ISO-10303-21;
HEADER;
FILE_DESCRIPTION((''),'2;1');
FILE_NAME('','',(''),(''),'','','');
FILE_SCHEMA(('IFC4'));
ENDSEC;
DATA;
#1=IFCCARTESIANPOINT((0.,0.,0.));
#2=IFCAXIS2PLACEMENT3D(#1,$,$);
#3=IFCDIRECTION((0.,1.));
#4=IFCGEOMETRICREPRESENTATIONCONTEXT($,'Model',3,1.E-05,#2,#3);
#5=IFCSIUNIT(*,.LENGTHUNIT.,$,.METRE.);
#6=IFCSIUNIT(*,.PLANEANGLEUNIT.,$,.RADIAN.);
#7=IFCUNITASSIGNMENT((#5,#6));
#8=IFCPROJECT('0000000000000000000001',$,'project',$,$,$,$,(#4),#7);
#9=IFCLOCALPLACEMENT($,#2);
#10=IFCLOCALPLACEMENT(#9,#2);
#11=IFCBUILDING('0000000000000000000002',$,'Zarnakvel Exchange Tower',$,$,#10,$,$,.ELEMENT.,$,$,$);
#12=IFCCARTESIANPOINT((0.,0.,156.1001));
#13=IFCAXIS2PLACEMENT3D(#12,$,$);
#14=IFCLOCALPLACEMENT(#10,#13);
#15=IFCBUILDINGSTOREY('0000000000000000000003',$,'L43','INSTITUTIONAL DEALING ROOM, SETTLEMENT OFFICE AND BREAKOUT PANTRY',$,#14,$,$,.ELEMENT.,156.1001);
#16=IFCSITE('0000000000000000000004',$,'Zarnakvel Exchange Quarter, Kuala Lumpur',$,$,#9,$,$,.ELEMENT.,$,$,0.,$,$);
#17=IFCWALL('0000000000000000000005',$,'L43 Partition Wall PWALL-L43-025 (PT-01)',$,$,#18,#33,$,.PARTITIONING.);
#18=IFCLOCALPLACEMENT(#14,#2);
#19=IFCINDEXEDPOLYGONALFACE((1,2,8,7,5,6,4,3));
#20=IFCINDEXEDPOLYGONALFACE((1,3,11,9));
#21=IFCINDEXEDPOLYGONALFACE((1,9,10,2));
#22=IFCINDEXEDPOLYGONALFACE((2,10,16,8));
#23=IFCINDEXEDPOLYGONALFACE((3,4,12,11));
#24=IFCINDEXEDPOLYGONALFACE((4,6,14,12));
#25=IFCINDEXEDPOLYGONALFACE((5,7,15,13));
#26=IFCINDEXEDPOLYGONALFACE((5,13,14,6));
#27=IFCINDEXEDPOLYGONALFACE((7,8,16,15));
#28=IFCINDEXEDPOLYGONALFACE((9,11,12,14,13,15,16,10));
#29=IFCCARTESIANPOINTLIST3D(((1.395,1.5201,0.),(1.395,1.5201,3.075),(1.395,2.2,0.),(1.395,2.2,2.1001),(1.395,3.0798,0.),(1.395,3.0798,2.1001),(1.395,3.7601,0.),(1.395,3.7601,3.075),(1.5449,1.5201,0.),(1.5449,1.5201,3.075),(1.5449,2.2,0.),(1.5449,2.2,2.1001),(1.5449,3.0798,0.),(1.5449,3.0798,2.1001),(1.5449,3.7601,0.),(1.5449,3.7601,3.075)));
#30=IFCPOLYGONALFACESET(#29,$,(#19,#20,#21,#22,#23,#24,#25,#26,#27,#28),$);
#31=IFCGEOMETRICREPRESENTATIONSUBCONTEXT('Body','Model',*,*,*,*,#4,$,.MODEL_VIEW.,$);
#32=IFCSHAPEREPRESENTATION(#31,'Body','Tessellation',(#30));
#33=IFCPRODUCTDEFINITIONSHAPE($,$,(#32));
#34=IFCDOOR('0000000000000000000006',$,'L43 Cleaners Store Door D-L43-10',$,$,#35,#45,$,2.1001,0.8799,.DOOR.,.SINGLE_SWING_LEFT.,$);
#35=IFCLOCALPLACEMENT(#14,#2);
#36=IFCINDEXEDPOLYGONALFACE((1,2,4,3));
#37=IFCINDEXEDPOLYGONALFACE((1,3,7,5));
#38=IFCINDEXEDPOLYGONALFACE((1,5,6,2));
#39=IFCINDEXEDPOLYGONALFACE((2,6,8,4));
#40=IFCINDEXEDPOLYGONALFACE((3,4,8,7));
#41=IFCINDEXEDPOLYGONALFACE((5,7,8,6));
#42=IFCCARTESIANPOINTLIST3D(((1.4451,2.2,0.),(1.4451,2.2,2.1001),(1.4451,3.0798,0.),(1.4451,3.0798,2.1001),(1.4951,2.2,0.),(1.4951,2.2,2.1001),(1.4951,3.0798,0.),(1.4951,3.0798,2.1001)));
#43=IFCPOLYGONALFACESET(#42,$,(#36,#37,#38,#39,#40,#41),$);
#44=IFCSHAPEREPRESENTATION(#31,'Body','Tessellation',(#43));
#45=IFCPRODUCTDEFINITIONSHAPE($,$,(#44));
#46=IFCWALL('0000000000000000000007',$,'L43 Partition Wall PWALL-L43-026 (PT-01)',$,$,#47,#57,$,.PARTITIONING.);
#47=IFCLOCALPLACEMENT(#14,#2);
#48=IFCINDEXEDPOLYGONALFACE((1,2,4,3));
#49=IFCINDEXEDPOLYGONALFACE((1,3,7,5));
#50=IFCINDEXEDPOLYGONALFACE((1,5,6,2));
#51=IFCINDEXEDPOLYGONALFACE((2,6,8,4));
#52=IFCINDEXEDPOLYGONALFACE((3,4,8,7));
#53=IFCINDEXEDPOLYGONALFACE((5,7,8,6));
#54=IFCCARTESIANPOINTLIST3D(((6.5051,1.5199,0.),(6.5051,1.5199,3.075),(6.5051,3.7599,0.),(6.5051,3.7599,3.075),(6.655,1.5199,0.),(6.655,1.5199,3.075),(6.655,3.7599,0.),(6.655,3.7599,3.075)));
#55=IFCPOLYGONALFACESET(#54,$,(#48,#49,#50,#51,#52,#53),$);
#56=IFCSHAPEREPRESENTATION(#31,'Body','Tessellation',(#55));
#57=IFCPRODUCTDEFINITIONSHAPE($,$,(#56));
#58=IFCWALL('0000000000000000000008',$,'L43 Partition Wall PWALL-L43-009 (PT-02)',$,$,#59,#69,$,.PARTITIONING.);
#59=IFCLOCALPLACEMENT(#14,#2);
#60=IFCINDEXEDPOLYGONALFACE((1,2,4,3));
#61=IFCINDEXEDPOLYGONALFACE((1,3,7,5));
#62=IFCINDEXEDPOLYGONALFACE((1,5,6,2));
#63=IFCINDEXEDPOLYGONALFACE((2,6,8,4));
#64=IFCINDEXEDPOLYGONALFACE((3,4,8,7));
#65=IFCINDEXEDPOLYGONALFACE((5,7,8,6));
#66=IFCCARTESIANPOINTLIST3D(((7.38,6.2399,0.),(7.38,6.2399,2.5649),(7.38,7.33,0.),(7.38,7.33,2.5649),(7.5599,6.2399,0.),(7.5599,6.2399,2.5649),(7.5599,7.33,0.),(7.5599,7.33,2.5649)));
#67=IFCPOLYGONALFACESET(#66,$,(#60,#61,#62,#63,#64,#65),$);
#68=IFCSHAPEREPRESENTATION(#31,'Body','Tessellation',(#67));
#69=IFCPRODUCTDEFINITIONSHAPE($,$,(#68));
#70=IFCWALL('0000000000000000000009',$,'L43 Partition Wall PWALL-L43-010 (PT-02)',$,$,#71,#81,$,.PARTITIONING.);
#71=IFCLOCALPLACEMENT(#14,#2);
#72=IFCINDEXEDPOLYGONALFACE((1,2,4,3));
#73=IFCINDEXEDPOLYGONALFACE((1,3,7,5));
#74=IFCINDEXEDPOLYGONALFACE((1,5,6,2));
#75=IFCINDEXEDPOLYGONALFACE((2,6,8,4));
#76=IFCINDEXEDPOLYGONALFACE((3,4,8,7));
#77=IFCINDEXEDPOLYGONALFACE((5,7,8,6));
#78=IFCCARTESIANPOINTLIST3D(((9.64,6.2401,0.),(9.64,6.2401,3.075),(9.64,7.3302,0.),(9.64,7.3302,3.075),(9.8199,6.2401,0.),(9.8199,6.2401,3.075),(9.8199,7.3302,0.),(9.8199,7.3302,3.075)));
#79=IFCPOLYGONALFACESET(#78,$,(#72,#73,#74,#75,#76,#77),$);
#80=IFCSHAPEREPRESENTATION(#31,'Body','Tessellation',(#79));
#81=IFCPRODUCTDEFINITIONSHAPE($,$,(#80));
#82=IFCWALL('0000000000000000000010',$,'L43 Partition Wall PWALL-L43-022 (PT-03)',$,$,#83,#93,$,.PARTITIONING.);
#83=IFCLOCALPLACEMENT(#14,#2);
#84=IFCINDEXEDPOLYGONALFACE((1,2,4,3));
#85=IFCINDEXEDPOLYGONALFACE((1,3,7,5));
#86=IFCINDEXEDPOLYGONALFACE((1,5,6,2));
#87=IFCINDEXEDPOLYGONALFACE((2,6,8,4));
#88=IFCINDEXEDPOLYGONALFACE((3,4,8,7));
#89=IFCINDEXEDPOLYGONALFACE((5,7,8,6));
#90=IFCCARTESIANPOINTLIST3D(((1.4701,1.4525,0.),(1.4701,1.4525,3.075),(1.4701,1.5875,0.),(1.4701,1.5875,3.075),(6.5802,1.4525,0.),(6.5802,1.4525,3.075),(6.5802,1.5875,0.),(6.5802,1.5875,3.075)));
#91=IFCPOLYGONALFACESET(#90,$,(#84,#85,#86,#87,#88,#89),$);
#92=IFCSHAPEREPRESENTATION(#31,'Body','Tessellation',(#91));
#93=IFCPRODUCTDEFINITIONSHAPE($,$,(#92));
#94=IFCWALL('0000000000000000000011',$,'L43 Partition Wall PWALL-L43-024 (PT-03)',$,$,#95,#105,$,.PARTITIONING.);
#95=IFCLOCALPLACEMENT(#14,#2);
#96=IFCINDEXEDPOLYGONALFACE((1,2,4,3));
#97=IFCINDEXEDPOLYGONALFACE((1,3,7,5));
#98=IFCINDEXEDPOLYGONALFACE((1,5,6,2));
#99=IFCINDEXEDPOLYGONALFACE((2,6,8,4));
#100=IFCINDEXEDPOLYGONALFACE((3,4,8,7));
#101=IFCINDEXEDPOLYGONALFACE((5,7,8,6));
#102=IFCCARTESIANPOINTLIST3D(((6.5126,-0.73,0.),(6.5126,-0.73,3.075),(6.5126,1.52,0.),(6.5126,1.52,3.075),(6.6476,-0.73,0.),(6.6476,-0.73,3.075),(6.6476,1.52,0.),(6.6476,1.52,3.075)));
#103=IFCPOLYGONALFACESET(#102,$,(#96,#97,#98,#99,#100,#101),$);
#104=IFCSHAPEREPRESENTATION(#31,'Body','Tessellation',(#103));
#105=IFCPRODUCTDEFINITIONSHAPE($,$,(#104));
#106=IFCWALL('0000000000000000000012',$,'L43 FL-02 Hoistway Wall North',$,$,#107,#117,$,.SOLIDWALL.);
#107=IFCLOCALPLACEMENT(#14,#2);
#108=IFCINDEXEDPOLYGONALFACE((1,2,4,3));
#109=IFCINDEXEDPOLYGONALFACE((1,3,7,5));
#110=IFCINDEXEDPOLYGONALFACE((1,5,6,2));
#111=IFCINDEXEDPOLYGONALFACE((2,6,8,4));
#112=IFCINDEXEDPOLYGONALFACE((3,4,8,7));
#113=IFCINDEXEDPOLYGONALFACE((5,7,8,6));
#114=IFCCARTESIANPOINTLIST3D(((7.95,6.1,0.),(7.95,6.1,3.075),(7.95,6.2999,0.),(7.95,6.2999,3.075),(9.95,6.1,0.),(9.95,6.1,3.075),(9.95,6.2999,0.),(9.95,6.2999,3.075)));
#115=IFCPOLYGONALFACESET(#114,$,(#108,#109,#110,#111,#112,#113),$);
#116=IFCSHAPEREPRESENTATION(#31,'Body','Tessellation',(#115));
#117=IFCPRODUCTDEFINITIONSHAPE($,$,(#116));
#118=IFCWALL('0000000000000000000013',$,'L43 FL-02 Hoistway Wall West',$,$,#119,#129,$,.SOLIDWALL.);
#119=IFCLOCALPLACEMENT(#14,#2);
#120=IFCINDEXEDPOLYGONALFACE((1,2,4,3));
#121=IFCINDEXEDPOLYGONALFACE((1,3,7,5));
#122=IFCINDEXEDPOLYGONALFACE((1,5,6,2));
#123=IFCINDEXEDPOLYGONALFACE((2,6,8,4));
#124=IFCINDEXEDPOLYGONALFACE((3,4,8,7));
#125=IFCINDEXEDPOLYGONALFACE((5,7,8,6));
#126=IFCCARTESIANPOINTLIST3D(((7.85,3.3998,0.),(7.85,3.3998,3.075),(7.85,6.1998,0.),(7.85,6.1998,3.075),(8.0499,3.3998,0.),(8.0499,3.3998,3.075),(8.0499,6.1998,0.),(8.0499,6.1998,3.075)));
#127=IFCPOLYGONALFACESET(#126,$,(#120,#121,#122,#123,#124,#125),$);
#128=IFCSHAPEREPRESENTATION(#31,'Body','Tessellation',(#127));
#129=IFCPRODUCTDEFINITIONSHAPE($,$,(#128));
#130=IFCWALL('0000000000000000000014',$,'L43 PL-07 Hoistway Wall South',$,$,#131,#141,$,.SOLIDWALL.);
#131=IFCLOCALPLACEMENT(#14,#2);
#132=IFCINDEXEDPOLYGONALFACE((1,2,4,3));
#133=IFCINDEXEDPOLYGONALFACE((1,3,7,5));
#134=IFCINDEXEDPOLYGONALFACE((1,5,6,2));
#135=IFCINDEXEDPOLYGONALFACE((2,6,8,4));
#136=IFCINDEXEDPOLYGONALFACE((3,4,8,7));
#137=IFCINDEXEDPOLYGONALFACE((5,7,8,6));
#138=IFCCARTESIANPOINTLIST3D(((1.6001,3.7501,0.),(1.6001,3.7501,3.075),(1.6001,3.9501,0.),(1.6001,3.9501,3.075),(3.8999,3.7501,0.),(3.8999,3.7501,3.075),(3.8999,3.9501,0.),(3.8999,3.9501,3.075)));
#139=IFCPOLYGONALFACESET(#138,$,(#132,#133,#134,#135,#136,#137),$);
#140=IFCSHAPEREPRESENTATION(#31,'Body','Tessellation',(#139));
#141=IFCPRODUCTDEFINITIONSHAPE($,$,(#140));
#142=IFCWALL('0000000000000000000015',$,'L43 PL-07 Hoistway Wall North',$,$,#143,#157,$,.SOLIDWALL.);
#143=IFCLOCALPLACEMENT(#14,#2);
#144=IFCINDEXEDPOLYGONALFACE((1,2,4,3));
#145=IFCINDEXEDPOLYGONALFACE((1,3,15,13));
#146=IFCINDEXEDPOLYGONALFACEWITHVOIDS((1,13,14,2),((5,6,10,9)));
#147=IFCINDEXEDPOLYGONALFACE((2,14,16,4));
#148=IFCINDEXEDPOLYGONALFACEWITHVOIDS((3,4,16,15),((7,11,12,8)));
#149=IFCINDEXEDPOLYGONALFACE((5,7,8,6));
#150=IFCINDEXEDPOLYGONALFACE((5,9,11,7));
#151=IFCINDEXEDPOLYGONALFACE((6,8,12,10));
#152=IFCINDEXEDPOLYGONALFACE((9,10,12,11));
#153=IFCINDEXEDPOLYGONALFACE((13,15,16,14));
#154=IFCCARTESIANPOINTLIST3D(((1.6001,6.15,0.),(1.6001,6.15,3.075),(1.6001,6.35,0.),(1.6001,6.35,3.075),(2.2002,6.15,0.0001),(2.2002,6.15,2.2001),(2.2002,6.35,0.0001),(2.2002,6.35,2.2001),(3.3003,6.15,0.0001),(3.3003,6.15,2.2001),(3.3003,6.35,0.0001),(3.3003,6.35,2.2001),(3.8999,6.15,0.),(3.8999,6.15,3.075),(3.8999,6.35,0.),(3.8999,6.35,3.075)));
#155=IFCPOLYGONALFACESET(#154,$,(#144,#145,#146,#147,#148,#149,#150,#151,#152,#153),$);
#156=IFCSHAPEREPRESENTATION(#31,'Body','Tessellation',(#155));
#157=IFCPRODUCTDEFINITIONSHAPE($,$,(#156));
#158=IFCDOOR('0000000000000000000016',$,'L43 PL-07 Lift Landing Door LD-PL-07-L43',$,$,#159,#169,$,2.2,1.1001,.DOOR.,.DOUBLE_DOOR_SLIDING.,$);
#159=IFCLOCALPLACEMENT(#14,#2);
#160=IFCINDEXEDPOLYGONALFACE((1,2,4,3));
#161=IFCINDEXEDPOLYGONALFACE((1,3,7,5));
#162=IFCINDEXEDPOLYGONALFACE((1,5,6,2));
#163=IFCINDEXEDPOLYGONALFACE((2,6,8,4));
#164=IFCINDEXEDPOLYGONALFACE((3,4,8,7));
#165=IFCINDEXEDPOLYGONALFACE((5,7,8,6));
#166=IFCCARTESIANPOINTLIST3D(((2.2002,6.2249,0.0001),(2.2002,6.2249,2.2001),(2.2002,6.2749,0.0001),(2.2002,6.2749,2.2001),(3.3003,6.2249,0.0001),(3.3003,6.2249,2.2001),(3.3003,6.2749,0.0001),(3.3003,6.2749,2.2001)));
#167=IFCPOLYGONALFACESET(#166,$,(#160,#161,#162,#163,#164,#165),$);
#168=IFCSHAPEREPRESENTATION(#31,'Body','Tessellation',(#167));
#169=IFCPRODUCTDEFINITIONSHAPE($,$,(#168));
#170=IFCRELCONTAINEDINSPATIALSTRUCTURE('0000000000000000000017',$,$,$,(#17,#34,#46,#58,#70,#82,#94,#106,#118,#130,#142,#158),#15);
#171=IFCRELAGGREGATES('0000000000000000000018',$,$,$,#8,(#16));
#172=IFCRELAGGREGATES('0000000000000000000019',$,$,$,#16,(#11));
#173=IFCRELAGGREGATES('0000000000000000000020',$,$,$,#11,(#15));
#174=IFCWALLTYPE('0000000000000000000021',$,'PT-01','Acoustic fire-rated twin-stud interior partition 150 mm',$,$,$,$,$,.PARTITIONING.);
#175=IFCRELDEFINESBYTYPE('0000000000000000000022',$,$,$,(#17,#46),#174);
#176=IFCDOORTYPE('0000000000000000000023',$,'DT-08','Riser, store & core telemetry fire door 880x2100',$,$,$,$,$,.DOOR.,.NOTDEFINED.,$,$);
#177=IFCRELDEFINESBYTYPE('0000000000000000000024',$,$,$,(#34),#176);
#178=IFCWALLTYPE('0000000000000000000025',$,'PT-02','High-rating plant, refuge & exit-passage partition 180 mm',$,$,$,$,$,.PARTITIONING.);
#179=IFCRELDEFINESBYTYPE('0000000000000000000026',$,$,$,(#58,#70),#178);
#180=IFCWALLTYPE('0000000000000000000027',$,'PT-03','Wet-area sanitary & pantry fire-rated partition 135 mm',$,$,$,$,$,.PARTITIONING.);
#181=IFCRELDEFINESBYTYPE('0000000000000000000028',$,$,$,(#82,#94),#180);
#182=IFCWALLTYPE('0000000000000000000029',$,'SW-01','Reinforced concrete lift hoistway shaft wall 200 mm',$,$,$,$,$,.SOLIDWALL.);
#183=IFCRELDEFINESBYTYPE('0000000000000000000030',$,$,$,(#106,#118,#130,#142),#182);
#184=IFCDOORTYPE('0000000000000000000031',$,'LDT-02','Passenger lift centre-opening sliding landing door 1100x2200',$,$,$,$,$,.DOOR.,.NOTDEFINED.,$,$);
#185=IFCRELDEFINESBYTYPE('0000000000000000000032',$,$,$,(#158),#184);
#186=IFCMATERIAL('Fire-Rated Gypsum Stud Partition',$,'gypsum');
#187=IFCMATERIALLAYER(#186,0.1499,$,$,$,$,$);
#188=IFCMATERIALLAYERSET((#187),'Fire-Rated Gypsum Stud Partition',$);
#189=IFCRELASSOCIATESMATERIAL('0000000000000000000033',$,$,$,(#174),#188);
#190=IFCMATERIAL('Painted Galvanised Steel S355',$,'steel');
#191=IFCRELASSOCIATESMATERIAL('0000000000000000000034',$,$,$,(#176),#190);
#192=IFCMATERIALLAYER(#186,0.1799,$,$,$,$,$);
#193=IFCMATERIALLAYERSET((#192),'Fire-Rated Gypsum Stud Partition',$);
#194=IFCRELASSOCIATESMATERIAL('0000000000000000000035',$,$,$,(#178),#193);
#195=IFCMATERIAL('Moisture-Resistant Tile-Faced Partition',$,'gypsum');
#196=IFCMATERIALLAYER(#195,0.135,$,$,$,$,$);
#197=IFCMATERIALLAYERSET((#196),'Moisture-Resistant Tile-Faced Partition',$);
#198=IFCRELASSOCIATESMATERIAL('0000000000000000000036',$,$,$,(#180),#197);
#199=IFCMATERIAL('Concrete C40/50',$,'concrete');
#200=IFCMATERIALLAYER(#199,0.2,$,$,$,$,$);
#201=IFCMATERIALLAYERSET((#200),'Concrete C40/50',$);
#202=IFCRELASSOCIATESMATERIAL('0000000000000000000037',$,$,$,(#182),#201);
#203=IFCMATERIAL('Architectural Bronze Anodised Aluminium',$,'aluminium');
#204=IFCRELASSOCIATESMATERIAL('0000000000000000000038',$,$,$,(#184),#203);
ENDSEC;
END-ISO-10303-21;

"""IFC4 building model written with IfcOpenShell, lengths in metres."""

from ifc_helpers import new_model, si_unit, direction, frame, frame_2d, origin, place, context, subcontext, project, spatial, rectangle, extrude, source, transform, mapped, material, layer, layer_set, type_object, element, fill, save


model = new_model("IFC4")

# Units and contexts
model_context = context("Model", 3, precision=1e-05, world=origin(), true_north=direction((0.0, 1.0)))
body_context = subcontext(model_context, "Body", "Model", "MODEL_VIEW")
ifc_project = project(units=[si_unit("LENGTHUNIT", "METRE"), si_unit("PLANEANGLEUNIT", "RADIAN")], contexts=[model_context])

# Site, building, storey
site_placement = place(None, origin())
site = spatial("IfcSite", under=ifc_project, at=site_placement, Name="Zarnakvel Exchange Quarter, Kuala Lumpur", CompositionType="ELEMENT", RefElevation=0.0)
building_placement = place(site_placement, origin())
building = spatial("IfcBuilding", under=site, at=building_placement, Name="Zarnakvel Exchange Tower", CompositionType="ELEMENT")
storey_placement = place(building_placement, frame((0.0, 0.0, 156.1001)))
storey = spatial("IfcBuildingStorey", under=building, at=storey_placement, Name="L43", Description="INSTITUTIONAL DEALING ROOM, SETTLEMENT OFFICE AND BREAKOUT PANTRY", CompositionType="ELEMENT", Elevation=156.1001)

# Wall, opening, door
ifc_material_1 = material(Name="Fire-Rated Gypsum Stud Partition", Category="gypsum")
ifc_layer_1 = layer(ifc_material_1, 0.1499)
ifc_layer_set_1 = layer_set([ifc_layer_1], Name="Fire-Rated Gypsum Stud Partition")
wall_type_1 = type_object("IfcWallType", Name="PT-01", Description="Acoustic fire-rated twin-stud interior partition 150 mm", PredefinedType="PARTITIONING", material=ifc_layer_set_1)
wall_1_placement = place(storey_placement, frame((1.47, 1.52, 0.0), z_axis=(0.0, 0.0, 1.0), x_axis=(0.0, 1.0, 0.0)))
wall_1 = element("IfcWall", 1, at=wall_1_placement, inside=storey, type_object=wall_type_1, Name="L43 Partition Wall PWALL-L43-025 (PT-01)", PredefinedType="PARTITIONING", context=body_context, shape_type="SweptSolid", body=[
    extrude(rectangle(XDim=2.24, YDim=0.1499, at=frame_2d((1.1201, 0.0))), origin(), (0.0, 0.0, 1.0), 3.075),
])
opening_1_placement = place(wall_1_placement, frame((0.6799, 0.0, 0.0)))
opening_1 = element("IfcOpeningElement", 2, at=opening_1_placement, cuts=wall_1, PredefinedType="OPENING", context=body_context, shape_type="SweptSolid", body=[
    extrude(rectangle(XDim=0.8799, YDim=2.1001, at=frame_2d((0.4399, 1.05))), frame((0.0, 0.085, 0.0), z_axis=(0.0, -1.0, 0.0), x_axis=(1.0, 0.0, 0.0)), (0.0, 0.0, 1.0), 0.1699),
])
ifc_material_2 = material(Name="Painted Galvanised Steel S355", Category="steel")
door_type_1 = type_object("IfcDoorType", Name="DT-08", Description="Riser, store & core telemetry fire door 880x2100", OperationType="NOTDEFINED", PredefinedType="DOOR", material=ifc_material_2)
shared_shape_1 = source(origin(), body_context, "Body", "SweptSolid", [
    extrude(rectangle(XDim=0.8799, YDim=2.1001, at=frame_2d((0.4399, 1.05))), frame((0.0, 0.0249, 0.0), z_axis=(0.0, -1.0, 0.0), x_axis=(1.0, 0.0, 0.0)), (0.0, 0.0, 1.0), 0.05),
])
door_1_placement = place(opening_1_placement, origin())
door_1 = element("IfcDoor", 3, at=door_1_placement, inside=storey, type_object=door_type_1, Name="L43 Cleaners Store Door D-L43-10", OperationType="SINGLE_SWING_LEFT", OverallHeight=2.1001, OverallWidth=0.8799, PredefinedType="DOOR", context=body_context, shape_type="MappedRepresentation", body=[
    mapped(shared_shape_1, transform((0.0, 0.0, 0.0), x_axis=(1.0, 0.0, 0.0), y_axis=(0.0, 1.0, 0.0), z_axis=(0.0, 0.0, 1.0), scale=1.0)),
])
fill(opening_1, door_1)

# Walls
wall_2_placement = place(storey_placement, frame((6.5801, 3.76, 0.0), z_axis=(0.0, 0.0, 1.0), x_axis=(0.0, -1.0, 0.0)))
element("IfcWall", 4, at=wall_2_placement, inside=storey, type_object=wall_type_1, Name="L43 Partition Wall PWALL-L43-026 (PT-01)", PredefinedType="PARTITIONING", context=body_context, shape_type="SweptSolid", body=[
    extrude(rectangle(XDim=2.24, YDim=0.1499, at=frame_2d((1.1201, 0.0))), origin(), (0.0, 0.0, 1.0), 3.075),
])
ifc_layer_2 = layer(ifc_material_1, 0.1799)
ifc_layer_set_2 = layer_set([ifc_layer_2], Name="Fire-Rated Gypsum Stud Partition")
wall_type_2 = type_object("IfcWallType", Name="PT-02", Description="High-rating plant, refuge & exit-passage partition 180 mm", PredefinedType="PARTITIONING", material=ifc_layer_set_2)
wall_3_placement = place(storey_placement, frame((7.47, 6.24, 0.0), z_axis=(0.0, 0.0, 1.0), x_axis=(0.0, 1.0, 0.0)))
element("IfcWall", 5, at=wall_3_placement, inside=storey, type_object=wall_type_2, Name="L43 Partition Wall PWALL-L43-009 (PT-02)", PredefinedType="PARTITIONING", context=body_context, shape_type="SweptSolid", body=[
    extrude(rectangle(XDim=1.0901, YDim=0.1799, at=frame_2d((0.5449, 0.0))), origin(), (0.0, 0.0, 1.0), 2.5649),
])
wall_4_placement = place(storey_placement, frame((9.73, 7.3301, 0.0), z_axis=(0.0, 0.0, 1.0), x_axis=(0.0, -1.0, 0.0)))
element("IfcWall", 6, at=wall_4_placement, inside=storey, type_object=wall_type_2, Name="L43 Partition Wall PWALL-L43-010 (PT-02)", PredefinedType="PARTITIONING", context=body_context, shape_type="SweptSolid", body=[
    extrude(rectangle(XDim=1.0901, YDim=0.1799, at=frame_2d((0.5449, 0.0))), origin(), (0.0, 0.0, 1.0), 3.075),
])
ifc_material_3 = material(Name="Moisture-Resistant Tile-Faced Partition", Category="gypsum")
ifc_layer_3 = layer(ifc_material_3, 0.135)
ifc_layer_set_3 = layer_set([ifc_layer_3], Name="Moisture-Resistant Tile-Faced Partition")
wall_type_3 = type_object("IfcWallType", Name="PT-03", Description="Wet-area sanitary & pantry fire-rated partition 135 mm", PredefinedType="PARTITIONING", material=ifc_layer_set_3)
wall_5_placement = place(storey_placement, frame((1.47, 1.52, 0.0), z_axis=(0.0, 0.0, 1.0), x_axis=(1.0, 0.0, 0.0)))
element("IfcWall", 7, at=wall_5_placement, inside=storey, type_object=wall_type_3, Name="L43 Partition Wall PWALL-L43-022 (PT-03)", PredefinedType="PARTITIONING", context=body_context, shape_type="SweptSolid", body=[
    extrude(rectangle(XDim=5.1101, YDim=0.135, at=frame_2d((2.5552, 0.0))), origin(), (0.0, 0.0, 1.0), 3.075),
])
wall_6_placement = place(storey_placement, frame((6.5801, 1.52, 0.0), z_axis=(0.0, 0.0, 1.0), x_axis=(0.0, -1.0, 0.0)))
element("IfcWall", 8, at=wall_6_placement, inside=storey, type_object=wall_type_3, Name="L43 Partition Wall PWALL-L43-024 (PT-03)", PredefinedType="PARTITIONING", context=body_context, shape_type="SweptSolid", body=[
    extrude(rectangle(XDim=2.25, YDim=0.135, at=frame_2d((1.125, 0.0))), origin(), (0.0, 0.0, 1.0), 3.075),
])
ifc_material_4 = material(Name="Concrete C40/50", Category="concrete")
ifc_layer_4 = layer(ifc_material_4, 0.2)
ifc_layer_set_4 = layer_set([ifc_layer_4], Name="Concrete C40/50")
wall_type_4 = type_object("IfcWallType", Name="SW-01", Description="Reinforced concrete lift hoistway shaft wall 200 mm", PredefinedType="SOLIDWALL", material=ifc_layer_set_4)
wall_7_placement = place(storey_placement, frame((7.95, 6.2, 0.0), z_axis=(0.0, 0.0, 1.0), x_axis=(1.0, 0.0, 0.0)))
element("IfcWall", 9, at=wall_7_placement, inside=storey, type_object=wall_type_4, Name="L43 FL-02 Hoistway Wall North", PredefinedType="SOLIDWALL", context=body_context, shape_type="SweptSolid", body=[
    extrude(rectangle(XDim=2.0, YDim=0.2, at=frame_2d((1.0, 0.0))), origin(), (0.0, 0.0, 1.0), 3.075),
])
wall_8_placement = place(storey_placement, frame((7.95, 3.3999, 0.0), z_axis=(0.0, 0.0, 1.0), x_axis=(0.0, 1.0, 0.0)))
element("IfcWall", 10, at=wall_8_placement, inside=storey, type_object=wall_type_4, Name="L43 FL-02 Hoistway Wall West", PredefinedType="SOLIDWALL", context=body_context, shape_type="SweptSolid", body=[
    extrude(rectangle(XDim=2.8, YDim=0.2, at=frame_2d((1.3999, 0.0))), origin(), (0.0, 0.0, 1.0), 3.075),
])
wall_9_placement = place(storey_placement, frame((3.8999, 3.8501, 0.0), z_axis=(0.0, 0.0, 1.0), x_axis=(-1.0, 0.0, 0.0)))
element("IfcWall", 11, at=wall_9_placement, inside=storey, type_object=wall_type_4, Name="L43 PL-07 Hoistway Wall South", PredefinedType="SOLIDWALL", context=body_context, shape_type="SweptSolid", body=[
    extrude(rectangle(XDim=2.2998, YDim=0.2, at=frame_2d((1.1499, 0.0))), origin(), (0.0, 0.0, 1.0), 3.075),
])

# Wall, opening, door
wall_10_placement = place(storey_placement, frame((1.6001, 6.25, 0.0), z_axis=(0.0, 0.0, 1.0), x_axis=(1.0, 0.0, 0.0)))
wall_10 = element("IfcWall", 12, at=wall_10_placement, inside=storey, type_object=wall_type_4, Name="L43 PL-07 Hoistway Wall North", PredefinedType="SOLIDWALL", context=body_context, shape_type="SweptSolid", body=[
    extrude(rectangle(XDim=2.2998, YDim=0.2, at=frame_2d((1.1499, 0.0))), origin(), (0.0, 0.0, 1.0), 3.075),
])
opening_2_placement = place(wall_10_placement, frame((0.6001, 0.0, 0.0)))
opening_2 = element("IfcOpeningElement", 13, at=opening_2_placement, cuts=wall_10, PredefinedType="OPENING", context=body_context, shape_type="SweptSolid", body=[
    extrude(rectangle(XDim=1.1001, YDim=2.2, at=frame_2d((0.55, 1.1001))), frame((0.0, 0.1099, 0.0), z_axis=(0.0, -1.0, 0.0), x_axis=(1.0, 0.0, 0.0)), (0.0, 0.0, 1.0), 0.22),
])
ifc_material_5 = material(Name="Architectural Bronze Anodised Aluminium", Category="aluminium")
door_type_2 = type_object("IfcDoorType", Name="LDT-02", Description="Passenger lift centre-opening sliding landing door 1100x2200", OperationType="NOTDEFINED", PredefinedType="DOOR", material=ifc_material_5)
shared_shape_2 = source(origin(), body_context, "Body", "SweptSolid", [
    extrude(rectangle(XDim=1.1001, YDim=2.2, at=frame_2d((0.55, 1.1001))), frame((0.0, 0.0249, 0.0), z_axis=(0.0, -1.0, 0.0), x_axis=(1.0, 0.0, 0.0)), (0.0, 0.0, 1.0), 0.05),
])
door_2_placement = place(opening_2_placement, origin())
door_2 = element("IfcDoor", 14, at=door_2_placement, inside=storey, type_object=door_type_2, Name="L43 PL-07 Lift Landing Door LD-PL-07-L43", OperationType="DOUBLE_DOOR_SLIDING", OverallHeight=2.2, OverallWidth=1.1001, PredefinedType="DOOR", context=body_context, shape_type="MappedRepresentation", body=[
    mapped(shared_shape_2, transform((0.0, 0.0, 0.0), x_axis=(1.0, 0.0, 0.0), y_axis=(0.0, 1.0, 0.0), z_axis=(0.0, 0.0, 1.0), scale=1.0)),
])
fill(opening_2, door_2)

save(model, "model.ifc")
